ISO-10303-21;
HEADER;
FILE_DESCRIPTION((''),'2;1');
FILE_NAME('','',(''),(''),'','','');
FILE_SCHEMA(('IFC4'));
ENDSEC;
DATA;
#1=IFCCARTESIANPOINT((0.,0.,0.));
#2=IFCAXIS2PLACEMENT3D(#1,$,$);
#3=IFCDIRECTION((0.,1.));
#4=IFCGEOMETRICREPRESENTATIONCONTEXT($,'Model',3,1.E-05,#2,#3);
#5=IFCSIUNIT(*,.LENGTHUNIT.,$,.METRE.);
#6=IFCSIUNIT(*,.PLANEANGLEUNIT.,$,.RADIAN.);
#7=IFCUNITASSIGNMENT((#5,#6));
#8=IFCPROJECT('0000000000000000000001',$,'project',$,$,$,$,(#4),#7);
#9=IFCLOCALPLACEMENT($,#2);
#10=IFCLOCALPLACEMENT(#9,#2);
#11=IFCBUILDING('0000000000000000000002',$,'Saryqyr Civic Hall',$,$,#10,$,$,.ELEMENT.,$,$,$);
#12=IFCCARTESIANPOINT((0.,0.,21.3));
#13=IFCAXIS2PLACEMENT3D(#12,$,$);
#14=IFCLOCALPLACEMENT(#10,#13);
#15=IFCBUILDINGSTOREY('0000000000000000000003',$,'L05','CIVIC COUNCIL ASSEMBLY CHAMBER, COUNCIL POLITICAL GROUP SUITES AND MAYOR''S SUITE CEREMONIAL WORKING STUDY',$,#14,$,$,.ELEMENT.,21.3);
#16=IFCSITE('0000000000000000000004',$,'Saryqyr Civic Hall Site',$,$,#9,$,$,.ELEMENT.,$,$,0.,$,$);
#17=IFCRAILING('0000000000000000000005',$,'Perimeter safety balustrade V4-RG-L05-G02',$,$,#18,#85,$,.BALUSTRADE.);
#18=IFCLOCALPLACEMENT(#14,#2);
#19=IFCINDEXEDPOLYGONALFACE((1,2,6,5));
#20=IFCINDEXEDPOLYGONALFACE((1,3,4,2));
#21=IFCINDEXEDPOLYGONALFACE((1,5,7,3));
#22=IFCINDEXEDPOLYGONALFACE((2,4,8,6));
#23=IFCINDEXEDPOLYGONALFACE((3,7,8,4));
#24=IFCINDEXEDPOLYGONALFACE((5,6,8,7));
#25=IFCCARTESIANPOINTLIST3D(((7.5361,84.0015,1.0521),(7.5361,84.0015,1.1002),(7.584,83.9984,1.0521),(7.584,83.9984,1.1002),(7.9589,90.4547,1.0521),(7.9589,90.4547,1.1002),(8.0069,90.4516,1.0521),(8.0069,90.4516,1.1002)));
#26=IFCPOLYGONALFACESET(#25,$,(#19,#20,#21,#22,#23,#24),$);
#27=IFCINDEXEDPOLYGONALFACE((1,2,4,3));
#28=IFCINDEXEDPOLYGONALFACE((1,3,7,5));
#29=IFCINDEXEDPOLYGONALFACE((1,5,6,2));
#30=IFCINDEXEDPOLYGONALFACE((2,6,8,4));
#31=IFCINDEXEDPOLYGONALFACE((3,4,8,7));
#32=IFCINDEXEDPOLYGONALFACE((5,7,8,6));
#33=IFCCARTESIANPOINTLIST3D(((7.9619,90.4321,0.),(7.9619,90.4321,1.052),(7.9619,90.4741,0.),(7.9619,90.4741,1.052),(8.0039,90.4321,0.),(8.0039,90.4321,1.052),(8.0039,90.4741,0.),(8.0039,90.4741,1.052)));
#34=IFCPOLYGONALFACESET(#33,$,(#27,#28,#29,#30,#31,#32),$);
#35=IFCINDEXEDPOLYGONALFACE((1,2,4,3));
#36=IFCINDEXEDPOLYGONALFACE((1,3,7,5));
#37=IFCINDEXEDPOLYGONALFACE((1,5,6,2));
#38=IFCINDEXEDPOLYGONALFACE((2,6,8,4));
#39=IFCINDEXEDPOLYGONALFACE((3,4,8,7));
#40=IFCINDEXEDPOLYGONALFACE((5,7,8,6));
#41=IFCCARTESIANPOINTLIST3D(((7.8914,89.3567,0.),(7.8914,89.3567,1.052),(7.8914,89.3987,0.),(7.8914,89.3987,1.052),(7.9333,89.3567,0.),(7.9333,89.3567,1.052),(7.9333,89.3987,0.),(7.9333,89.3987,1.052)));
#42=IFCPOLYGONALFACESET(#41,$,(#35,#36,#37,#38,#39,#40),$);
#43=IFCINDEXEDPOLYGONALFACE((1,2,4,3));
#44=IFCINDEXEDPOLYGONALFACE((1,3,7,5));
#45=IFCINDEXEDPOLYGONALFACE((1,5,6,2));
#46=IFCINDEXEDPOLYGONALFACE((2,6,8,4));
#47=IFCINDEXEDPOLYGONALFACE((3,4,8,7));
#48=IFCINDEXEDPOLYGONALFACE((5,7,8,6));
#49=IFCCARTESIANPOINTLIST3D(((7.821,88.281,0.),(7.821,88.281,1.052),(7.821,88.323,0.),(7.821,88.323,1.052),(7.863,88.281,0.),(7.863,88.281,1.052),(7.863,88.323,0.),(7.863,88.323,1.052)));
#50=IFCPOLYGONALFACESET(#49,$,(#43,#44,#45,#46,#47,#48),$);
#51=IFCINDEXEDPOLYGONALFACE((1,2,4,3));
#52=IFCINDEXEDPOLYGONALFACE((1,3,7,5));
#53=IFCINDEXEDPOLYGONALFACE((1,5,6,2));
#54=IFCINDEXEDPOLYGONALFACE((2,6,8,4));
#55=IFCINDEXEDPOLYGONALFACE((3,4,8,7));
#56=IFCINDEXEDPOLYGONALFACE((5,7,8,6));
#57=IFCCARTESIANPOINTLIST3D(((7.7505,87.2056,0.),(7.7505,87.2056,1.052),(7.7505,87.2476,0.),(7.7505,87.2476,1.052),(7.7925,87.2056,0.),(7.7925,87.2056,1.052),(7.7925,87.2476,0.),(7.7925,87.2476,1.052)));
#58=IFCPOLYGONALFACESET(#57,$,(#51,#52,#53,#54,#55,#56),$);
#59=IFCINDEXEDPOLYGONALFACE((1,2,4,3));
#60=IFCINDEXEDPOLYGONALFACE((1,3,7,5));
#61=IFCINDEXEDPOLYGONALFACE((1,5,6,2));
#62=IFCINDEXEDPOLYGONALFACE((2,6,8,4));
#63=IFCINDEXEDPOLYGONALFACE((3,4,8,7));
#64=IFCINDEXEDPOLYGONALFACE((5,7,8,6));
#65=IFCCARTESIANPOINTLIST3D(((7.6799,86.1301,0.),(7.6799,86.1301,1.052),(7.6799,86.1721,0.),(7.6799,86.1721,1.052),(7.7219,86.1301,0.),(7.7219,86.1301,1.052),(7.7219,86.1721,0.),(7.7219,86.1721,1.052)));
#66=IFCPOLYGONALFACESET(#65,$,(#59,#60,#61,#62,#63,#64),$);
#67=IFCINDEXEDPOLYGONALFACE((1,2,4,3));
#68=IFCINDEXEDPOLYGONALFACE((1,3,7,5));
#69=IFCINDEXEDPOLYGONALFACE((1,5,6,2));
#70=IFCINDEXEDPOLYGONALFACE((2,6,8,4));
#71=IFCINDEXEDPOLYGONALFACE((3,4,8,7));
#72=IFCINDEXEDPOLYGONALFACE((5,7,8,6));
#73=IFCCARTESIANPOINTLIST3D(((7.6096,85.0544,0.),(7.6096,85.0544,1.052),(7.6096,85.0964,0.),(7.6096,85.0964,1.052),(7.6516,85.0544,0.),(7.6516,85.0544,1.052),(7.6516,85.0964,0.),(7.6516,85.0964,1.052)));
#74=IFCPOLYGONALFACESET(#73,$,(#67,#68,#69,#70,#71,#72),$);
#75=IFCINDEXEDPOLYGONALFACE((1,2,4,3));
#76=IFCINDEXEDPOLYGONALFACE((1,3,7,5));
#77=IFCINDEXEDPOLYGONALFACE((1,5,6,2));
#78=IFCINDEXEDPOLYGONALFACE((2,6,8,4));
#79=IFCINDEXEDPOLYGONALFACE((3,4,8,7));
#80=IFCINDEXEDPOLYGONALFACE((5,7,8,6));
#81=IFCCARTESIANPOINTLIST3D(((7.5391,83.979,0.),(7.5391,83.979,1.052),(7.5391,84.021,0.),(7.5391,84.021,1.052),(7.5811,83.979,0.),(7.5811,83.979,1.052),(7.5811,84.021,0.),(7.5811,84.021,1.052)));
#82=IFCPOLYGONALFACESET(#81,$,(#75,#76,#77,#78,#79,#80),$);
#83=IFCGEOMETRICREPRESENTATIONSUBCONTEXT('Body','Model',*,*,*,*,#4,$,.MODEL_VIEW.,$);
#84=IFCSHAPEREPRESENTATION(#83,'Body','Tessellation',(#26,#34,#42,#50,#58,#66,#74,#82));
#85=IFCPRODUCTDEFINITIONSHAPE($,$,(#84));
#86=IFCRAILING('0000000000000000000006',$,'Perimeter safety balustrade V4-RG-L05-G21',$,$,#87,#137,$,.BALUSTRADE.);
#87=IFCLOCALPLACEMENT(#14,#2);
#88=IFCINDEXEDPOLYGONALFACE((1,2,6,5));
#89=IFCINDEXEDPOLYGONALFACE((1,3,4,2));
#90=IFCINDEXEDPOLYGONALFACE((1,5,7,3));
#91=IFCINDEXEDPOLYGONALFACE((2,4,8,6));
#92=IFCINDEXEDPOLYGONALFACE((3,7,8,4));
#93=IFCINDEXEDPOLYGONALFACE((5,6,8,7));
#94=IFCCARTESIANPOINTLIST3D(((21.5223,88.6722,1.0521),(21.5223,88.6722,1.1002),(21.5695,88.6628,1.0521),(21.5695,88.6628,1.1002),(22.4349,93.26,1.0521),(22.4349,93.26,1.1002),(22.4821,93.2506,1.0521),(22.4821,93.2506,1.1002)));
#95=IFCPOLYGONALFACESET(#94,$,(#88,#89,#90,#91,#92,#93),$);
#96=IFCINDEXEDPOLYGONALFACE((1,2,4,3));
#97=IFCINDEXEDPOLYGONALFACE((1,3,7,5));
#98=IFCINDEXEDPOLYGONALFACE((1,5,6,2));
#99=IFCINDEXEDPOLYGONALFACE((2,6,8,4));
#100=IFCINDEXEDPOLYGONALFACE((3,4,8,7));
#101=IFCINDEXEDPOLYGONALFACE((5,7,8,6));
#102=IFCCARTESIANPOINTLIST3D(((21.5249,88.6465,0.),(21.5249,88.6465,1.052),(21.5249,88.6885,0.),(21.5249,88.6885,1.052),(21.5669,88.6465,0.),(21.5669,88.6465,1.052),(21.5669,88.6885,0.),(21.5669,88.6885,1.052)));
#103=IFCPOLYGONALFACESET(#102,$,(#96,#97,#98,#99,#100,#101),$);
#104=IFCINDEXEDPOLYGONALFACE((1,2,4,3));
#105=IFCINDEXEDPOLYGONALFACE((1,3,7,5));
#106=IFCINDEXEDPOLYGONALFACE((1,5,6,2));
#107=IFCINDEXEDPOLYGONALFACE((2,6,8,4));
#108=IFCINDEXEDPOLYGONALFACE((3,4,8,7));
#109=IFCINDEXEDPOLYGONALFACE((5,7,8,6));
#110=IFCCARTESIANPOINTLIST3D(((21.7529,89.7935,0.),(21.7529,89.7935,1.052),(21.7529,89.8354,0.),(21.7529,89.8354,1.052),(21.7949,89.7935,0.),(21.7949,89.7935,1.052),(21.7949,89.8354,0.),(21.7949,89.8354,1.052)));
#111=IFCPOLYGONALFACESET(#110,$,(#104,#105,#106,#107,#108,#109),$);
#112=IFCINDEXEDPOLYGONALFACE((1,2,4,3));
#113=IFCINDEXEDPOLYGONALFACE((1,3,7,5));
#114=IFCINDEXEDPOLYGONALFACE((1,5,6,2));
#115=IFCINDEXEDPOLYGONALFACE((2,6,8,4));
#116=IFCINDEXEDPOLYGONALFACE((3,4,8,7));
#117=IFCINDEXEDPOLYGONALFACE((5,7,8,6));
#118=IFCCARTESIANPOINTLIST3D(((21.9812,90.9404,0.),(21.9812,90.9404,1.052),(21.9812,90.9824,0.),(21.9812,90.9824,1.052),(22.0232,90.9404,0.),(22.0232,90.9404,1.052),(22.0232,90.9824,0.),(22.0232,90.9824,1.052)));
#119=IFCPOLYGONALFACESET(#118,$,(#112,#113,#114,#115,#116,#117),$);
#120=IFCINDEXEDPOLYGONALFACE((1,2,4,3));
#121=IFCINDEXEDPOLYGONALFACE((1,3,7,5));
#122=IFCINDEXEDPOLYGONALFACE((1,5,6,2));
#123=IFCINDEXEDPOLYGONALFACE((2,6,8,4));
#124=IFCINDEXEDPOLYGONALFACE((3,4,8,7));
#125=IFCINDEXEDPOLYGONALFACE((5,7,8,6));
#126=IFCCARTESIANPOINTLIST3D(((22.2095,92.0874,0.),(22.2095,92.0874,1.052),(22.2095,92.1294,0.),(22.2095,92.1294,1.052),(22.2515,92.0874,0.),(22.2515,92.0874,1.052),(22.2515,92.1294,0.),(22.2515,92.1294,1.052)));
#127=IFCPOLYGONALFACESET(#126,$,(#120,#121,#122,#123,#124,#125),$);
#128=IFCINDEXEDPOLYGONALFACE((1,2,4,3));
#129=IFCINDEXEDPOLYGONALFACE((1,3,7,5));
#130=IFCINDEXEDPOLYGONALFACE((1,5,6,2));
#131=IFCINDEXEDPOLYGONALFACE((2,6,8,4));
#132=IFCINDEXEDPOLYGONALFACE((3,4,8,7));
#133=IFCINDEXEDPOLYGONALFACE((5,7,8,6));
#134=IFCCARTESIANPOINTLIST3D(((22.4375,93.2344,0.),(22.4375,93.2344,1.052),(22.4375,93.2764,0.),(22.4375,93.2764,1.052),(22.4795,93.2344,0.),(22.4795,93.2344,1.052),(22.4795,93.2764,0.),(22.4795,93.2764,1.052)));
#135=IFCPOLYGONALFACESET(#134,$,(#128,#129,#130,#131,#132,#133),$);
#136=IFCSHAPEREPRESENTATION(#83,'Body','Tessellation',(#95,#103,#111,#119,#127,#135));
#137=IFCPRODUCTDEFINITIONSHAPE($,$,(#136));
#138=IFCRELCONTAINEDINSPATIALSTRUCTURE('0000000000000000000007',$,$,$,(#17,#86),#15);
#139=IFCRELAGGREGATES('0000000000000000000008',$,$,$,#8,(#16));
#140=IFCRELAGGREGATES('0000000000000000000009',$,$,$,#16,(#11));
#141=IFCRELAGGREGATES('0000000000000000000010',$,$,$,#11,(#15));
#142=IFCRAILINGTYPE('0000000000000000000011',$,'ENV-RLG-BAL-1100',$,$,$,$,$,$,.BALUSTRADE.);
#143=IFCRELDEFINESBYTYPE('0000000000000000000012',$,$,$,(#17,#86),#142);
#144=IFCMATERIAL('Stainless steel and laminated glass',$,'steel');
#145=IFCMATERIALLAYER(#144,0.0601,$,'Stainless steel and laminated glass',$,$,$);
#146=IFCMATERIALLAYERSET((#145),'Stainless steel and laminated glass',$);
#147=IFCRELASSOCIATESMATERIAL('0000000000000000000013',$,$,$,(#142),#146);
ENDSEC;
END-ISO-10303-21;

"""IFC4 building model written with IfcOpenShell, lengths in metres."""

from ifc_helpers import new_model, si_unit, direction, frame, origin, origin_2d, place, context, subcontext, project, spatial, rectangle, extrude, material, layer, layer_set, type_object, element, save


model = new_model("IFC4")

# Units and contexts
model_context = context("Model", 3, precision=1e-05, world=origin(), true_north=direction((0.0, 1.0)))
body_context = subcontext(model_context, "Body", "Model", "MODEL_VIEW")
ifc_project = project(units=[si_unit("LENGTHUNIT", "METRE"), si_unit("PLANEANGLEUNIT", "RADIAN")], contexts=[model_context])

# Site, building, storey
site_placement = place(None, origin())
site = spatial("IfcSite", under=ifc_project, at=site_placement, Name="Saryqyr Civic Hall Site", CompositionType="ELEMENT", RefElevation=0.0)
building_placement = place(site_placement, origin())
building = spatial("IfcBuilding", under=site, at=building_placement, Name="Saryqyr Civic Hall", CompositionType="ELEMENT")
storey_placement = place(building_placement, frame((0.0, 0.0, 21.3)))
storey = spatial("IfcBuildingStorey", under=building, at=storey_placement, Name="L05", Description="CIVIC COUNCIL ASSEMBLY CHAMBER, COUNCIL POLITICAL GROUP SUITES AND MAYOR'S SUITE CEREMONIAL WORKING STUDY", CompositionType="ELEMENT", Elevation=21.3)

# Railings
ifc_material_1 = material(Name="Stainless steel and laminated glass", Category="steel")
ifc_layer_1 = layer(ifc_material_1, 0.0601, Name="Stainless steel and laminated glass")
ifc_layer_set_1 = layer_set([ifc_layer_1], Name="Stainless steel and laminated glass")
railing_type_1 = type_object("IfcRailingType", Name="ENV-RLG-BAL-1100", PredefinedType="BALUSTRADE", material=ifc_layer_set_1)
railing_1_placement = place(storey_placement, frame((7.9829, 90.4531, 0.0)))
element("IfcRailing", 1, at=railing_1_placement, inside=storey, type_object=railing_type_1, Name="Perimeter safety balustrade V4-RG-L05-G02", PredefinedType="BALUSTRADE", context=body_context, shape_type="SweptSolid", body=[
    extrude(rectangle(XDim=0.0481, YDim=0.0481, at=origin_2d()), frame((0.0, 0.0, 1.0762), z_axis=(-0.065386, -0.99786, 0.0), x_axis=(0.99786, -0.065386, 0.0)), (0.0, 0.0, 1.0), 6.467),
    extrude(rectangle(XDim=0.042, YDim=0.042, at=origin_2d()), origin(), (0.0, 0.0, 1.0), 1.052),
    extrude(rectangle(XDim=0.042, YDim=0.042, at=origin_2d()), frame((-0.0706, -1.0754, 0.0)), (0.0, 0.0, 1.0), 1.052),
    extrude(rectangle(XDim=0.042, YDim=0.042, at=origin_2d()), frame((-0.1409, -2.1511, 0.0)), (0.0, 0.0, 1.0), 1.052),
    extrude(rectangle(XDim=0.042, YDim=0.042, at=origin_2d()), frame((-0.2114, -3.2266, 0.0)), (0.0, 0.0, 1.0), 1.052),
    extrude(rectangle(XDim=0.042, YDim=0.042, at=origin_2d()), frame((-0.282, -4.302, 0.0)), (0.0, 0.0, 1.0), 1.052),
    extrude(rectangle(XDim=0.042, YDim=0.042, at=origin_2d()), frame((-0.3523, -5.3777, 0.0)), (0.0, 0.0, 1.0), 1.052),
    extrude(rectangle(XDim=0.042, YDim=0.042, at=origin_2d()), frame((-0.4229, -6.4531, 0.0)), (0.0, 0.0, 1.0), 1.052),
])
railing_2_placement = place(storey_placement, frame((21.5459, 88.6675, 0.0)))
element("IfcRailing", 2, at=railing_2_placement, inside=storey, type_object=railing_type_1, Name="Perimeter safety balustrade V4-RG-L05-G21", PredefinedType="BALUSTRADE", context=body_context, shape_type="SweptSolid", body=[
    extrude(rectangle(XDim=0.0481, YDim=0.0481, at=origin_2d()), frame((0.0, 0.0, 1.0762), z_axis=(0.195092, 0.980785, 0.0), x_axis=(-0.980785, 0.195092, 0.0)), (0.0, 0.0, 1.0), 4.6777),
    extrude(rectangle(XDim=0.042, YDim=0.042, at=origin_2d()), origin(), (0.0, 0.0, 1.0), 1.052),
    extrude(rectangle(XDim=0.042, YDim=0.042, at=origin_2d()), frame((0.228, 1.147, 0.0)), (0.0, 0.0, 1.0), 1.052),
    extrude(rectangle(XDim=0.042, YDim=0.042, at=origin_2d()), frame((0.4563, 2.2939, 0.0)), (0.0, 0.0, 1.0), 1.052),
    extrude(rectangle(XDim=0.042, YDim=0.042, at=origin_2d()), frame((0.6846, 3.4409, 0.0)), (0.0, 0.0, 1.0), 1.052),
    extrude(rectangle(XDim=0.042, YDim=0.042, at=origin_2d()), frame((0.9126, 4.5879, 0.0)), (0.0, 0.0, 1.0), 1.052),
])

save(model, "model.ifc")
